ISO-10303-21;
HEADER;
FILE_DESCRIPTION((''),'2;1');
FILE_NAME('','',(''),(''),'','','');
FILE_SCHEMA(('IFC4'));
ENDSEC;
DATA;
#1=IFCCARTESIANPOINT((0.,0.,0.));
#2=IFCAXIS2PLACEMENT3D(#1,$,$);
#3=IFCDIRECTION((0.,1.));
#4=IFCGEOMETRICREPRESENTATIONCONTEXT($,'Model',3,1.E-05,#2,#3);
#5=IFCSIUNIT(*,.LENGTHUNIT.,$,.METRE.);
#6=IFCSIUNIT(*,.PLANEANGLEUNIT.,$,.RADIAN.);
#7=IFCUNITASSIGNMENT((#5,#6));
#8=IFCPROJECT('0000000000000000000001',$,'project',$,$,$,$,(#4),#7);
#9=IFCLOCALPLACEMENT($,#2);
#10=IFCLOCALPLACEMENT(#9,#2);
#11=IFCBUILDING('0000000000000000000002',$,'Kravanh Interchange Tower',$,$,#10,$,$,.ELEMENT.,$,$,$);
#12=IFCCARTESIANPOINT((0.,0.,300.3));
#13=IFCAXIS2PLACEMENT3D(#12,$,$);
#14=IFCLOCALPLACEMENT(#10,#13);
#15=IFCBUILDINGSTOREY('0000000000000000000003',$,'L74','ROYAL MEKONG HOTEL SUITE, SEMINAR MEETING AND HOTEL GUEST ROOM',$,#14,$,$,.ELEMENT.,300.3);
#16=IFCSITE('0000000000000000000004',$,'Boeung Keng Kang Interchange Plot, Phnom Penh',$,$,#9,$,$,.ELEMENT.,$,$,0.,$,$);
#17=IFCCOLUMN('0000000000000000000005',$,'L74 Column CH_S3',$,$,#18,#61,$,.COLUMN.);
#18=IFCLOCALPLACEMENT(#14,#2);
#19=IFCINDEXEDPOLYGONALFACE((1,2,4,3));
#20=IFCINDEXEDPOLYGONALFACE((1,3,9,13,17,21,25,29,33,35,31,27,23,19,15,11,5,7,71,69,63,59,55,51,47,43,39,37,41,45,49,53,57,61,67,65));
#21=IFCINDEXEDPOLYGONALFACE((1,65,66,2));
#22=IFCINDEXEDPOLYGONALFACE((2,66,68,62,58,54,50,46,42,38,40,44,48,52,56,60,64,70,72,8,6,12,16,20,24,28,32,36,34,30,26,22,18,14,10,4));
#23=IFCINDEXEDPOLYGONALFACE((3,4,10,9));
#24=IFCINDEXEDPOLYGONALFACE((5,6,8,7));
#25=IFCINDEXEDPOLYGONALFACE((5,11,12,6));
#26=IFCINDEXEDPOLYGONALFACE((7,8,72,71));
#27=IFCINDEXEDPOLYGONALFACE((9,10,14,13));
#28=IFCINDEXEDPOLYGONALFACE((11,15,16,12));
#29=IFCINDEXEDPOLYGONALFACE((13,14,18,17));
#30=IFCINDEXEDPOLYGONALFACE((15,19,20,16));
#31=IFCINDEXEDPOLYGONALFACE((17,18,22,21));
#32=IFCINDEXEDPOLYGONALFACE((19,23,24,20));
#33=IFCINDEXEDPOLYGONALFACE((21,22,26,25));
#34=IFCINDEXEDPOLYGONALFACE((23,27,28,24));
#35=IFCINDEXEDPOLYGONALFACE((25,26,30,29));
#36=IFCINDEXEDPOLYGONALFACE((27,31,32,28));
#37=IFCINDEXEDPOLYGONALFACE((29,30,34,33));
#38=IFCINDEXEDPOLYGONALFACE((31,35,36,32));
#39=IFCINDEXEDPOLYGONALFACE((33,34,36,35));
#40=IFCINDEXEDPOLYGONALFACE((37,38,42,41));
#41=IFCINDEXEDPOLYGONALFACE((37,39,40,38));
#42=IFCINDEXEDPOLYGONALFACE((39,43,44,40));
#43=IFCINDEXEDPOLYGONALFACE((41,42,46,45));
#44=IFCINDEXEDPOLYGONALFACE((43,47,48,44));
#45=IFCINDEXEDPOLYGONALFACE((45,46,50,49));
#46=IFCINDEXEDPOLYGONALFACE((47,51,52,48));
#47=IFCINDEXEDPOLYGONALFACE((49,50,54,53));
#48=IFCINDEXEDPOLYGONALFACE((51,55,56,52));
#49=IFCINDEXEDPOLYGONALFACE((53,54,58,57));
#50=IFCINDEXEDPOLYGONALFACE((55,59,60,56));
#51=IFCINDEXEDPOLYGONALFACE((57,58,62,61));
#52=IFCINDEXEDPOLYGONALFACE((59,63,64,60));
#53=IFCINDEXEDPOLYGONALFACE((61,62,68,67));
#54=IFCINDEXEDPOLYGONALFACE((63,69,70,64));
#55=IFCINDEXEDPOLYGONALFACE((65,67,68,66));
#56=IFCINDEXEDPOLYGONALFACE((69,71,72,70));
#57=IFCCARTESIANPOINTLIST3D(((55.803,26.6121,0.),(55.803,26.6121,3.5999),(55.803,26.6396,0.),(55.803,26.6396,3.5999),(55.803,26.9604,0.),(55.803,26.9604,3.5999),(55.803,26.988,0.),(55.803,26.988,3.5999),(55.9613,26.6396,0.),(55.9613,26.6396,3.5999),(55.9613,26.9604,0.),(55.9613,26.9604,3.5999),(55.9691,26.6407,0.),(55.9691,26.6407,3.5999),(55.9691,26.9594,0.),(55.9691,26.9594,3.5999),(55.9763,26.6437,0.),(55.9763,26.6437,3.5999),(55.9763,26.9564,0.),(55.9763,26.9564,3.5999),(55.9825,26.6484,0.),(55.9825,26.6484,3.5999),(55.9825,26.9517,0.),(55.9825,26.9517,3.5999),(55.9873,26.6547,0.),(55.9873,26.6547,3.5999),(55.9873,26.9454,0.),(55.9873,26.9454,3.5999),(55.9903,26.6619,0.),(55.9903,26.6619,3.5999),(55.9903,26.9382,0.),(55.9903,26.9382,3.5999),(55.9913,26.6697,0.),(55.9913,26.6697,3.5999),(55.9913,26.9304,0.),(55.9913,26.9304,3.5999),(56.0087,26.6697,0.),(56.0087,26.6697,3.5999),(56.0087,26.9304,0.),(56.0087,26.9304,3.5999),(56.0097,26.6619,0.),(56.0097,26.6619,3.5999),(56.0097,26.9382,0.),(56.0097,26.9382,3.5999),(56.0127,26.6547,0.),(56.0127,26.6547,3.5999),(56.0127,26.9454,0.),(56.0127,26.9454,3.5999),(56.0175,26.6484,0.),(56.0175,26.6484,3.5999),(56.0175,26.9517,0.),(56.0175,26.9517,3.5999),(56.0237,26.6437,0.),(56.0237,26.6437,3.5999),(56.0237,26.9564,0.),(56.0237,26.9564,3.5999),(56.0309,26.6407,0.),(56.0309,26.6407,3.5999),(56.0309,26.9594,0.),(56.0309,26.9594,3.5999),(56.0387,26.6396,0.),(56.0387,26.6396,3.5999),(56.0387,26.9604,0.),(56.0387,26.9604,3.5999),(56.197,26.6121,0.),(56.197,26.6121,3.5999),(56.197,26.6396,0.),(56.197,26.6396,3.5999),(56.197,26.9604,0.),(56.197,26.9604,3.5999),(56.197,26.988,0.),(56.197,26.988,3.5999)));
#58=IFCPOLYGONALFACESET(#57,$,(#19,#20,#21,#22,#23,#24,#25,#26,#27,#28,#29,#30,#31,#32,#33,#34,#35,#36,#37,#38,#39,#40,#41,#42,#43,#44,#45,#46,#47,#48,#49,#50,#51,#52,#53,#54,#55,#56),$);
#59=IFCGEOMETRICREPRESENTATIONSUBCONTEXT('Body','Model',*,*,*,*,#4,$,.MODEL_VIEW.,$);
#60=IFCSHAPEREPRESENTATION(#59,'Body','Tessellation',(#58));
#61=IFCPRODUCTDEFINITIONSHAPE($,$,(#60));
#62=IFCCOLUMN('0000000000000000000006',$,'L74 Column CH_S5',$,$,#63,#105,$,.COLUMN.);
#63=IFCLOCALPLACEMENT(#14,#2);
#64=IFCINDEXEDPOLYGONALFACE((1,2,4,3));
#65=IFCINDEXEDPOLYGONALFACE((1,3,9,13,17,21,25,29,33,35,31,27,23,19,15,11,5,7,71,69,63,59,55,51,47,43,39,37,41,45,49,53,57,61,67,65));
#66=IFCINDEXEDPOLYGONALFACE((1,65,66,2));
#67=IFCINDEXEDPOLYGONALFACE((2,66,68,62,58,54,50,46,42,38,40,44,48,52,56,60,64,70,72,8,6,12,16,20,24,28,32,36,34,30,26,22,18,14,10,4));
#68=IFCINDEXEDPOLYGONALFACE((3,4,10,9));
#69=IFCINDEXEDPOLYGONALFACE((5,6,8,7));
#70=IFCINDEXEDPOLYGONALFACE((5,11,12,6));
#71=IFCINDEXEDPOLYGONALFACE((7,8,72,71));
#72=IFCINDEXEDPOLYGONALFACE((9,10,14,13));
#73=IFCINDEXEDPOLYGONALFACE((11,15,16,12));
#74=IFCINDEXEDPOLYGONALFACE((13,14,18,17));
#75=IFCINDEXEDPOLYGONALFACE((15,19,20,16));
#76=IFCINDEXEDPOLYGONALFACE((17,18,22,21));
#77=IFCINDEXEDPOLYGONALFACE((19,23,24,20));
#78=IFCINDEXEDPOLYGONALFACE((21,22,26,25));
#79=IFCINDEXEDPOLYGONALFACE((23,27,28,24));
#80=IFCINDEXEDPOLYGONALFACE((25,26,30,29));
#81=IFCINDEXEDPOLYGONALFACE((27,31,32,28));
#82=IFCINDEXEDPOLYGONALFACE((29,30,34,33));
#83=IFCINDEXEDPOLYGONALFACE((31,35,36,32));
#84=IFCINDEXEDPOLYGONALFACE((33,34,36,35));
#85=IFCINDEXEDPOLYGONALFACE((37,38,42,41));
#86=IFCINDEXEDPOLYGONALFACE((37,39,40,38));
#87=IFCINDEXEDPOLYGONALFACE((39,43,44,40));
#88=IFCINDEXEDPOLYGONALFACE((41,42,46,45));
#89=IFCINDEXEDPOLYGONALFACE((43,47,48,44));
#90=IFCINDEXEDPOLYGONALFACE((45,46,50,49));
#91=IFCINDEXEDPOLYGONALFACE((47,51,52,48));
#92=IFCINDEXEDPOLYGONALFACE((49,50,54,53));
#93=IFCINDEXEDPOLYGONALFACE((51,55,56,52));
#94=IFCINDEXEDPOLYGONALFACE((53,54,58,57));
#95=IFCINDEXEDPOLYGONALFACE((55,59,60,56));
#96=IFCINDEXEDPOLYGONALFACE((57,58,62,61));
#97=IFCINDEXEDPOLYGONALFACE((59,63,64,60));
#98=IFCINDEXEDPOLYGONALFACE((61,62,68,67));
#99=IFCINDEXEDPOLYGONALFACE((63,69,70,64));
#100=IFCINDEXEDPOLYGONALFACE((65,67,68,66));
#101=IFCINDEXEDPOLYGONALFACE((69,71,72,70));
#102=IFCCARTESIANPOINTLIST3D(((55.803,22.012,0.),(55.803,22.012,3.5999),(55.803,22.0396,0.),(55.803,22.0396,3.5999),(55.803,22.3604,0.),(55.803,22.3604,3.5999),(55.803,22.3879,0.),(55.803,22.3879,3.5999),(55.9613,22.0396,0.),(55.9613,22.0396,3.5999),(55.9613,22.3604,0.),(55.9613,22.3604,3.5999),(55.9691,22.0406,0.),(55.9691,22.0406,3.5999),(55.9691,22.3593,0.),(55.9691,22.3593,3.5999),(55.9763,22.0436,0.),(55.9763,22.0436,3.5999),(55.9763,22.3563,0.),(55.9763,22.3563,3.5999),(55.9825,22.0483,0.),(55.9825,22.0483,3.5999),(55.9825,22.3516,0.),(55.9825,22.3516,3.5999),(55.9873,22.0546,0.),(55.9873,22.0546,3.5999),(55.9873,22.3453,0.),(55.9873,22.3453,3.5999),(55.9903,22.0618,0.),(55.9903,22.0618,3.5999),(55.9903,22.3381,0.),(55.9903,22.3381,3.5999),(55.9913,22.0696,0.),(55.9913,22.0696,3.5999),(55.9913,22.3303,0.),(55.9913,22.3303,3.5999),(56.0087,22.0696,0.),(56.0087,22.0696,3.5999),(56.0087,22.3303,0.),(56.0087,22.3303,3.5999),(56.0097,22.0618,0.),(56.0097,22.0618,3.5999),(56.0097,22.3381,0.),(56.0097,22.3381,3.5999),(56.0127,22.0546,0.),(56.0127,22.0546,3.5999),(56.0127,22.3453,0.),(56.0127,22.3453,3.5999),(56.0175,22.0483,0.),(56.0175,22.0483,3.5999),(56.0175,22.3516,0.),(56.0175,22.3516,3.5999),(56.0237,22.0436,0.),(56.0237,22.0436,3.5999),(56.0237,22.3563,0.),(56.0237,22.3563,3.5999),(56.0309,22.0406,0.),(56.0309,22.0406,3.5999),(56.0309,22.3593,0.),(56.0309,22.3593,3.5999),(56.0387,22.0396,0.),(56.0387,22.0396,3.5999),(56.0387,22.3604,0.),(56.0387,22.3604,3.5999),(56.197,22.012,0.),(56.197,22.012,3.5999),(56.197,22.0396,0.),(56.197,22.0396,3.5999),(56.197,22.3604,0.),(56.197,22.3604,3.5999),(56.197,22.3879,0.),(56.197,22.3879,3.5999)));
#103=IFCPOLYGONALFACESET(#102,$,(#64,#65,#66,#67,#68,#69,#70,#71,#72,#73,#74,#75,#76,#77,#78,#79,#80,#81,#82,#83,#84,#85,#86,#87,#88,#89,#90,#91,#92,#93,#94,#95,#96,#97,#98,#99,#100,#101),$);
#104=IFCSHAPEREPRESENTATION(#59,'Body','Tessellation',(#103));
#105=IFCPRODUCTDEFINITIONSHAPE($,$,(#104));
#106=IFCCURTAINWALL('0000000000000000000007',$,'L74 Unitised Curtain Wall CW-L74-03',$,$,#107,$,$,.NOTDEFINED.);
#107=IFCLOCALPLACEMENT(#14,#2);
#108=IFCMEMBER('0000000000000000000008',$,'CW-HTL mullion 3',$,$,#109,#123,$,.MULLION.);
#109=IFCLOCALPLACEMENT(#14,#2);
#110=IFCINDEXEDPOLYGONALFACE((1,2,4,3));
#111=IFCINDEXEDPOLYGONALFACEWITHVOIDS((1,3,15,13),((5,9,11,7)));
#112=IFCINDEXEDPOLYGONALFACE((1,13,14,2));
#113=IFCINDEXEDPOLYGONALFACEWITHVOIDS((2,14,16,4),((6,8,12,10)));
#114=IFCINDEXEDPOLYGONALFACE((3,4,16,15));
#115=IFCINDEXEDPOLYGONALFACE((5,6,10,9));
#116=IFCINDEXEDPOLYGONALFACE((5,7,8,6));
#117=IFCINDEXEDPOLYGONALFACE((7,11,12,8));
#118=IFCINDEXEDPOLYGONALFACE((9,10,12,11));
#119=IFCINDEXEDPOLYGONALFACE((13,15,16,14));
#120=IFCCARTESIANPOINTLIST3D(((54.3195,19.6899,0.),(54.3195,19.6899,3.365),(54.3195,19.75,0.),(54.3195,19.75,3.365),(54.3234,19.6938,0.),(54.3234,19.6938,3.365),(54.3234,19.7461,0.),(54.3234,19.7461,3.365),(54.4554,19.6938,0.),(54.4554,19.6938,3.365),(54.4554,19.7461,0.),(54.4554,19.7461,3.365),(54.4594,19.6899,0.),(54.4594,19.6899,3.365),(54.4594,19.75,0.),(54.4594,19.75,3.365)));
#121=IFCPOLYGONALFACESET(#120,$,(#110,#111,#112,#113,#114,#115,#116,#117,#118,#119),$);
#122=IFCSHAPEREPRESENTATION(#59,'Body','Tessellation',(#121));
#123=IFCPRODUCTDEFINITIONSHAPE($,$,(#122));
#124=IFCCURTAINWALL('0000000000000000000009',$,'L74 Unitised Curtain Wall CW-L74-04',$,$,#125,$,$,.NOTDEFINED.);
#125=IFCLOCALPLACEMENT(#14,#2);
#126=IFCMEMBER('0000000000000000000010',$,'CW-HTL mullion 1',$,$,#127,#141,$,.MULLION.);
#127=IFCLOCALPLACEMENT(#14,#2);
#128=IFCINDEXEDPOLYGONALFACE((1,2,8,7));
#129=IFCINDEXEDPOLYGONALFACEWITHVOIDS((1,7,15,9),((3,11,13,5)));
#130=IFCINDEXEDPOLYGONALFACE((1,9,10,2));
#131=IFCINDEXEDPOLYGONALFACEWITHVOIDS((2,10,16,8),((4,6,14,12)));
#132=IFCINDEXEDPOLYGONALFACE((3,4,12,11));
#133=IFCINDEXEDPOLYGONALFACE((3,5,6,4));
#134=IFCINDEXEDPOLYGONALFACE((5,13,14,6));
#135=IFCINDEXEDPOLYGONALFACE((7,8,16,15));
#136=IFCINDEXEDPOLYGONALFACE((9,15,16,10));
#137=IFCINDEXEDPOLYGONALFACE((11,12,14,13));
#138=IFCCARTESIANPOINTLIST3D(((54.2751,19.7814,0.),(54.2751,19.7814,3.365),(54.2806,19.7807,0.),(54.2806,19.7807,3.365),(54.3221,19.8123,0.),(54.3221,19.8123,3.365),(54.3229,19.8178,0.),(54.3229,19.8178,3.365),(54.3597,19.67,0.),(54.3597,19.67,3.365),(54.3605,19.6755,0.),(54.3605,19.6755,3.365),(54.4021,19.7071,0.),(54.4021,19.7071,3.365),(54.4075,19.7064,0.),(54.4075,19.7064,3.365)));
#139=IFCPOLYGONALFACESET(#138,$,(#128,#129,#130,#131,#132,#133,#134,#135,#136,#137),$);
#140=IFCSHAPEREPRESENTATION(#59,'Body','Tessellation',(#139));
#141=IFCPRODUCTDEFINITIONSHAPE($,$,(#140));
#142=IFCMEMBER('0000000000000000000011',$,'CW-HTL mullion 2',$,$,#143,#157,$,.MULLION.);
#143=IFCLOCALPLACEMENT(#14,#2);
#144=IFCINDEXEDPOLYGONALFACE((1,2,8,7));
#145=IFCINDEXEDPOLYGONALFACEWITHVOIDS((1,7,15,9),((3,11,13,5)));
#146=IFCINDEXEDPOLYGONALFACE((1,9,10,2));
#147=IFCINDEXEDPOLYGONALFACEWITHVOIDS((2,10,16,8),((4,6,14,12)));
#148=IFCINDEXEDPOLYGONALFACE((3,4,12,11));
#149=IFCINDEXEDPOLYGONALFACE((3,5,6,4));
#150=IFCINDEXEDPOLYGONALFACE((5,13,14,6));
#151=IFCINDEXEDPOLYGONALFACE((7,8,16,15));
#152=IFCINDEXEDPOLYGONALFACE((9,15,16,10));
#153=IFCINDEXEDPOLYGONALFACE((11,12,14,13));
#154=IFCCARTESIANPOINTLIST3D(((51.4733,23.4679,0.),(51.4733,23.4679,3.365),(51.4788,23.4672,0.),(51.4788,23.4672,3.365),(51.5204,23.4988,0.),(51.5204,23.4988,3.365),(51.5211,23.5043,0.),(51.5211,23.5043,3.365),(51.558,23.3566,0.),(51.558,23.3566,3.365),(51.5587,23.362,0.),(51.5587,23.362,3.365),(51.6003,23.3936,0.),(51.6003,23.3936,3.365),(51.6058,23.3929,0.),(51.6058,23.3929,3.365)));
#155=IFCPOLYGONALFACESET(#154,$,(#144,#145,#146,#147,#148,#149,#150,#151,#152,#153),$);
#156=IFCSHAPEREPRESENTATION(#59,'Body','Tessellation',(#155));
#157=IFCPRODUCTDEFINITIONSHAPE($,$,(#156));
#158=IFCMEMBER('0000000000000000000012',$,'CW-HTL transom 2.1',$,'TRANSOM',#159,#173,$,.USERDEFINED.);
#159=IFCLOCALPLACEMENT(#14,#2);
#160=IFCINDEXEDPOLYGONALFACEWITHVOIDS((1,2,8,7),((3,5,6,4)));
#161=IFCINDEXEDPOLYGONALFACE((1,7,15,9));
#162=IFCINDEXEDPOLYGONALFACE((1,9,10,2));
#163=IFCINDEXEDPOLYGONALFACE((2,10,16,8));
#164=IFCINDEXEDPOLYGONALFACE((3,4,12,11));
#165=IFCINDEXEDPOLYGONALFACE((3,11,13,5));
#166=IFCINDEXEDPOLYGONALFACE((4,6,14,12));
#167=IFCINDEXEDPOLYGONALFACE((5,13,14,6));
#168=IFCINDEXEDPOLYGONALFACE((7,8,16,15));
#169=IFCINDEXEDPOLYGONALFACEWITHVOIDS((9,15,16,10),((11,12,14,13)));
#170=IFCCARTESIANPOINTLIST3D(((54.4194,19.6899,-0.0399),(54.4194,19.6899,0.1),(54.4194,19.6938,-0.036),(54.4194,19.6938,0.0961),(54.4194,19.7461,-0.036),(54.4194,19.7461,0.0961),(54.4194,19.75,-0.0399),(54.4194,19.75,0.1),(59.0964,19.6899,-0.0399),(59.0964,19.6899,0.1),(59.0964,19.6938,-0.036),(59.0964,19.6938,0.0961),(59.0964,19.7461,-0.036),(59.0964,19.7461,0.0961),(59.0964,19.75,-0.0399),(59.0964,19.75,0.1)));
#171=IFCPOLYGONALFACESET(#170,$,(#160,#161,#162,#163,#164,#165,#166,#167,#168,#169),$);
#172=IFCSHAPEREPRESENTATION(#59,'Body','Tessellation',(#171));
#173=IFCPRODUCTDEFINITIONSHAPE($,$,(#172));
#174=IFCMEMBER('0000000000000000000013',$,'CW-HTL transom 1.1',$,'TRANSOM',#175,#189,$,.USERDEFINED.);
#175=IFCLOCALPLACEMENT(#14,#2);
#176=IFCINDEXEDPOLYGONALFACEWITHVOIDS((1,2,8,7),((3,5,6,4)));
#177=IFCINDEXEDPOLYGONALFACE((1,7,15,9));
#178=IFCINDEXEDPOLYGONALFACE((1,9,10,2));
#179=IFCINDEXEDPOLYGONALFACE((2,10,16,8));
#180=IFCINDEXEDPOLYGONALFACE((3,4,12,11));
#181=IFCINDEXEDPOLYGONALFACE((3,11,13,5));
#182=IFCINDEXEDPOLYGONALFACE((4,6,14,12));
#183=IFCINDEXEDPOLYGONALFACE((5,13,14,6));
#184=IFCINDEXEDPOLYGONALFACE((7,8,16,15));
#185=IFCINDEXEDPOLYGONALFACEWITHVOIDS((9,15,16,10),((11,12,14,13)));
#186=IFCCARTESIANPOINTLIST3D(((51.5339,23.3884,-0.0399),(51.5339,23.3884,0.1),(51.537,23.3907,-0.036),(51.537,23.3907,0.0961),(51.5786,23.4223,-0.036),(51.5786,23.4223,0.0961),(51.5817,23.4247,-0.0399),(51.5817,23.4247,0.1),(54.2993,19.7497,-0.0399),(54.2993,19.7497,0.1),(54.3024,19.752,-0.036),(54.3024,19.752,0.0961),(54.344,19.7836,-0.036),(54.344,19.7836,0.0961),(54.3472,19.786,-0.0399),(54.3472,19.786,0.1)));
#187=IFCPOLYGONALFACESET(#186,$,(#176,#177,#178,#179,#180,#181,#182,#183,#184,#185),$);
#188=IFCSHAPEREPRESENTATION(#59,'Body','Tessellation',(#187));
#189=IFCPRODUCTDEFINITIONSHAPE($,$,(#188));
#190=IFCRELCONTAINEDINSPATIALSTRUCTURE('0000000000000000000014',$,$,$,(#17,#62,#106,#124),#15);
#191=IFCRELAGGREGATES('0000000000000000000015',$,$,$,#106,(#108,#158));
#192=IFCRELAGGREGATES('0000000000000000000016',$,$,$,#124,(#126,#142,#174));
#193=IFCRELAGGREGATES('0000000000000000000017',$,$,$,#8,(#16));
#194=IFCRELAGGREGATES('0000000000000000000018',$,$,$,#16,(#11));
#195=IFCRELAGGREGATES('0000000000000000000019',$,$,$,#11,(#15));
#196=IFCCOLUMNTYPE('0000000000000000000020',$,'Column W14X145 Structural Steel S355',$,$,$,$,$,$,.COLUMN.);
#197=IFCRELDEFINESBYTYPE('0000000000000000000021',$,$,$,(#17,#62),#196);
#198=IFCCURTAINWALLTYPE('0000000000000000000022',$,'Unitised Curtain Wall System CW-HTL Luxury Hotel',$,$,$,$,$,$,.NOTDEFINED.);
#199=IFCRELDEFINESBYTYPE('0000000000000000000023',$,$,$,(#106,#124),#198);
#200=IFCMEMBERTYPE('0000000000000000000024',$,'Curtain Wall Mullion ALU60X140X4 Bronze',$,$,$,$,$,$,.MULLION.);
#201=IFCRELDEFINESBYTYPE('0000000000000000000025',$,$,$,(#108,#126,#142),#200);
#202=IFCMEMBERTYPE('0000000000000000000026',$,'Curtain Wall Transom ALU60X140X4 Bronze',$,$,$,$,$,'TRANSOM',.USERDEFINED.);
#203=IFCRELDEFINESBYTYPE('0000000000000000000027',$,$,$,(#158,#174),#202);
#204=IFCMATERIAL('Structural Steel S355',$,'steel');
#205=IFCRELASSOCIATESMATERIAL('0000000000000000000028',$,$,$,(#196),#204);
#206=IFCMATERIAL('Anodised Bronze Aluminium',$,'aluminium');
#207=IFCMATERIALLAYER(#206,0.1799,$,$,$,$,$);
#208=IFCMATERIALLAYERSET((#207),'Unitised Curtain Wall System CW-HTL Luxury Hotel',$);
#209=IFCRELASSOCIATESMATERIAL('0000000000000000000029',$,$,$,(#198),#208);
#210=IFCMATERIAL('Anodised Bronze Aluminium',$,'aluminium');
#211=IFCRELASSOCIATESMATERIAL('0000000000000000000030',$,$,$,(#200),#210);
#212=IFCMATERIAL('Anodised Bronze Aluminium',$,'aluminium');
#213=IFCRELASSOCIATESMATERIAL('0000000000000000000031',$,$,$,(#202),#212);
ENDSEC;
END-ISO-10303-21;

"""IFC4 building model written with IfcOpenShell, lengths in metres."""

from ifc_helpers import new_model, si_unit, direction, frame, origin, origin_2d, place, context, subcontext, project, spatial, hollow_rectangle, i_section, extrude, material, layer, layer_set, material_profile, profile_set, type_object, element, aggregate, save


model = new_model("IFC4")

# Units and contexts
model_context = context("Model", 3, precision=1e-05, world=origin(), true_north=direction((0.0, 1.0)))
body_context = subcontext(model_context, "Body", "Model", "MODEL_VIEW")
ifc_project = project(units=[si_unit("LENGTHUNIT", "METRE"), si_unit("PLANEANGLEUNIT", "RADIAN")], contexts=[model_context])

# Site, building, storey
site_placement = place(None, origin())
site = spatial("IfcSite", under=ifc_project, at=site_placement, Name="Boeung Keng Kang Interchange Plot, Phnom Penh", CompositionType="ELEMENT", RefElevation=0.0)
building_placement = place(site_placement, origin())
building = spatial("IfcBuilding", under=site, at=building_placement, Name="Kravanh Interchange Tower", CompositionType="ELEMENT")
storey_placement = place(building_placement, frame((0.0, 0.0, 300.3)))
storey = spatial("IfcBuildingStorey", under=building, at=storey_placement, Name="L74", Description="ROYAL MEKONG HOTEL SUITE, SEMINAR MEETING AND HOTEL GUEST ROOM", CompositionType="ELEMENT", Elevation=300.3)

# Columns
ifc_material_1 = material(Name="Structural Steel S355", Category="steel")
ifc_material_profile_1 = material_profile(ifc_material_1, i_section(OverallWidth=0.394, OverallDepth=0.376, WebThickness=0.0173, FlangeThickness=0.0276, FilletRadius=0.03, at=origin_2d()), Name="W14X145")
ifc_profile_set_1 = profile_set([ifc_material_profile_1], Name="Structural Steel S355")
column_type = type_object("IfcColumnType", Name="Column W14X145 Structural Steel S355", PredefinedType="COLUMN", material=ifc_profile_set_1)
for number, where, z_axis, x_axis, name in (
    (1, (56.0, 26.8, 0.0), (0.0, 0.0, 1.0), (1.0, 0.0, 0.0), "L74 Column CH_S3"),
    (2, (56.0, 22.2, 0.0), (0.0, 0.0, 1.0), (1.0, 0.0, 0.0), "L74 Column CH_S5"),
):
    element("IfcColumn", number, at=place(storey_placement, frame(where, z_axis=z_axis, x_axis=x_axis)), inside=storey, type_object=column_type, Name=name, PredefinedType="COLUMN", context=body_context, shape_type="SweptSolid", body=[
        extrude(i_section(OverallWidth=0.394, OverallDepth=0.376, WebThickness=0.0173, FlangeThickness=0.0276, FilletRadius=0.03, at=origin_2d()), origin(), (0.0, 0.0, 1.0), 3.5999),
    ])

# Curtain wall, member
ifc_material_2 = material(Name="Anodised Bronze Aluminium", Category="aluminium")
ifc_layer_1 = layer(ifc_material_2, 0.1799)
ifc_layer_set_1 = layer_set([ifc_layer_1], Name="Unitised Curtain Wall System CW-HTL Luxury Hotel")
curtain_wall_type = type_object("IfcCurtainWallType", Name="Unitised Curtain Wall System CW-HTL Luxury Hotel", PredefinedType="NOTDEFINED", material=ifc_layer_set_1)
curtain_wall_1_placement = place(storey_placement, origin())
curtain_wall_1 = element("IfcCurtainWall", 3, at=curtain_wall_1_placement, inside=storey, type_object=curtain_wall_type, Name="L74 Unitised Curtain Wall CW-L74-03", PredefinedType="NOTDEFINED")
ifc_material_3 = material(Name="Anodised Bronze Aluminium", Category="aluminium")
ifc_material_profile_2 = material_profile(ifc_material_3, hollow_rectangle(XDim=0.0601, YDim=0.1399, WallThickness=0.0039, at=origin_2d()), Name="ALU60X140X4")
ifc_profile_set_2 = profile_set([ifc_material_profile_2], Name="Anodised Bronze Aluminium")
member_type_1 = type_object("IfcMemberType", Name="Curtain Wall Mullion ALU60X140X4 Bronze", PredefinedType="MULLION", material=ifc_profile_set_2)
member_1_placement = place(storey_placement, frame((54.3894, 19.72, 0.0), z_axis=(0.0, 0.0, 1.0), x_axis=(0.0, -1.0, 0.0)))
member_1 = element("IfcMember", 4, at=member_1_placement, type_object=member_type_1, Name="CW-HTL mullion 3", PredefinedType="MULLION", context=body_context, shape_type="SweptSolid", body=[
    extrude(hollow_rectangle(XDim=0.0601, YDim=0.1399, WallThickness=0.0039, at=origin_2d()), origin(), (0.0, 0.0, 1.0), 3.365),
])

# Curtain wall, members
curtain_wall_2_placement = place(storey_placement, origin())
curtain_wall_2 = element("IfcCurtainWall", 5, at=curtain_wall_2_placement, inside=storey, type_object=curtain_wall_type, Name="L74 Unitised Curtain Wall CW-L74-04", PredefinedType="NOTDEFINED")
member_2_placement = place(storey_placement, frame((54.3413, 19.7439, 0.0), z_axis=(0.0, 0.0, 1.0), x_axis=(-0.796162, -0.605084, 0.0)))
member_2 = element("IfcMember", 6, at=member_2_placement, type_object=member_type_1, Name="CW-HTL mullion 1", PredefinedType="MULLION", context=body_context, shape_type="SweptSolid", body=[
    extrude(hollow_rectangle(XDim=0.0601, YDim=0.1399, WallThickness=0.0039, at=origin_2d()), origin(), (0.0, 0.0, 1.0), 3.365),
])
member_3_placement = place(storey_placement, frame((51.5396, 23.4304, 0.0), z_axis=(0.0, 0.0, 1.0), x_axis=(-0.796162, -0.605084, 0.0)))
member_3 = element("IfcMember", 7, at=member_3_placement, type_object=member_type_1, Name="CW-HTL mullion 2", PredefinedType="MULLION", context=body_context, shape_type="SweptSolid", body=[
    extrude(hollow_rectangle(XDim=0.0601, YDim=0.1399, WallThickness=0.0039, at=origin_2d()), origin(), (0.0, 0.0, 1.0), 3.365),
])

# Members
ifc_material_4 = material(Name="Anodised Bronze Aluminium", Category="aluminium")
ifc_material_profile_3 = material_profile(ifc_material_4, hollow_rectangle(XDim=0.0601, YDim=0.1399, WallThickness=0.0039, at=origin_2d()), Name="ALU60X140X4")
ifc_profile_set_3 = profile_set([ifc_material_profile_3], Name="Anodised Bronze Aluminium")
member_type_2 = type_object("IfcMemberType", Name="Curtain Wall Transom ALU60X140X4 Bronze", ElementType="TRANSOM", PredefinedType="USERDEFINED", material=ifc_profile_set_3)
member_4_placement = place(storey_placement, frame((59.0964, 19.72, 0.03), z_axis=(-1.0, 0.0, 0.0), x_axis=(0.0, -1.0, 0.0)))
member_4 = element("IfcMember", 8, at=member_4_placement, type_object=member_type_2, Name="CW-HTL transom 2.1", ObjectType="TRANSOM", PredefinedType="USERDEFINED", context=body_context, shape_type="SweptSolid", body=[
    extrude(hollow_rectangle(XDim=0.0601, YDim=0.1399, WallThickness=0.0039, at=origin_2d()), origin(), (0.0, 0.0, 1.0), 4.677),
])
member_5_placement = place(storey_placement, frame((54.3232, 19.7678, 0.03), z_axis=(-0.605082, 0.796163, 0.0), x_axis=(-0.796163, -0.605082, 0.0)))
member_5 = element("IfcMember", 9, at=member_5_placement, type_object=member_type_2, Name="CW-HTL transom 1.1", ObjectType="TRANSOM", PredefinedType="USERDEFINED", context=body_context, shape_type="SweptSolid", body=[
    extrude(hollow_rectangle(XDim=0.0601, YDim=0.1399, WallThickness=0.0039, at=origin_2d()), origin(), (0.0, 0.0, 1.0), 4.5703),
])

aggregate(curtain_wall_1, [member_1, member_4])
aggregate(curtain_wall_2, [member_2, member_3, member_5])

save(model, "model.ifc")
